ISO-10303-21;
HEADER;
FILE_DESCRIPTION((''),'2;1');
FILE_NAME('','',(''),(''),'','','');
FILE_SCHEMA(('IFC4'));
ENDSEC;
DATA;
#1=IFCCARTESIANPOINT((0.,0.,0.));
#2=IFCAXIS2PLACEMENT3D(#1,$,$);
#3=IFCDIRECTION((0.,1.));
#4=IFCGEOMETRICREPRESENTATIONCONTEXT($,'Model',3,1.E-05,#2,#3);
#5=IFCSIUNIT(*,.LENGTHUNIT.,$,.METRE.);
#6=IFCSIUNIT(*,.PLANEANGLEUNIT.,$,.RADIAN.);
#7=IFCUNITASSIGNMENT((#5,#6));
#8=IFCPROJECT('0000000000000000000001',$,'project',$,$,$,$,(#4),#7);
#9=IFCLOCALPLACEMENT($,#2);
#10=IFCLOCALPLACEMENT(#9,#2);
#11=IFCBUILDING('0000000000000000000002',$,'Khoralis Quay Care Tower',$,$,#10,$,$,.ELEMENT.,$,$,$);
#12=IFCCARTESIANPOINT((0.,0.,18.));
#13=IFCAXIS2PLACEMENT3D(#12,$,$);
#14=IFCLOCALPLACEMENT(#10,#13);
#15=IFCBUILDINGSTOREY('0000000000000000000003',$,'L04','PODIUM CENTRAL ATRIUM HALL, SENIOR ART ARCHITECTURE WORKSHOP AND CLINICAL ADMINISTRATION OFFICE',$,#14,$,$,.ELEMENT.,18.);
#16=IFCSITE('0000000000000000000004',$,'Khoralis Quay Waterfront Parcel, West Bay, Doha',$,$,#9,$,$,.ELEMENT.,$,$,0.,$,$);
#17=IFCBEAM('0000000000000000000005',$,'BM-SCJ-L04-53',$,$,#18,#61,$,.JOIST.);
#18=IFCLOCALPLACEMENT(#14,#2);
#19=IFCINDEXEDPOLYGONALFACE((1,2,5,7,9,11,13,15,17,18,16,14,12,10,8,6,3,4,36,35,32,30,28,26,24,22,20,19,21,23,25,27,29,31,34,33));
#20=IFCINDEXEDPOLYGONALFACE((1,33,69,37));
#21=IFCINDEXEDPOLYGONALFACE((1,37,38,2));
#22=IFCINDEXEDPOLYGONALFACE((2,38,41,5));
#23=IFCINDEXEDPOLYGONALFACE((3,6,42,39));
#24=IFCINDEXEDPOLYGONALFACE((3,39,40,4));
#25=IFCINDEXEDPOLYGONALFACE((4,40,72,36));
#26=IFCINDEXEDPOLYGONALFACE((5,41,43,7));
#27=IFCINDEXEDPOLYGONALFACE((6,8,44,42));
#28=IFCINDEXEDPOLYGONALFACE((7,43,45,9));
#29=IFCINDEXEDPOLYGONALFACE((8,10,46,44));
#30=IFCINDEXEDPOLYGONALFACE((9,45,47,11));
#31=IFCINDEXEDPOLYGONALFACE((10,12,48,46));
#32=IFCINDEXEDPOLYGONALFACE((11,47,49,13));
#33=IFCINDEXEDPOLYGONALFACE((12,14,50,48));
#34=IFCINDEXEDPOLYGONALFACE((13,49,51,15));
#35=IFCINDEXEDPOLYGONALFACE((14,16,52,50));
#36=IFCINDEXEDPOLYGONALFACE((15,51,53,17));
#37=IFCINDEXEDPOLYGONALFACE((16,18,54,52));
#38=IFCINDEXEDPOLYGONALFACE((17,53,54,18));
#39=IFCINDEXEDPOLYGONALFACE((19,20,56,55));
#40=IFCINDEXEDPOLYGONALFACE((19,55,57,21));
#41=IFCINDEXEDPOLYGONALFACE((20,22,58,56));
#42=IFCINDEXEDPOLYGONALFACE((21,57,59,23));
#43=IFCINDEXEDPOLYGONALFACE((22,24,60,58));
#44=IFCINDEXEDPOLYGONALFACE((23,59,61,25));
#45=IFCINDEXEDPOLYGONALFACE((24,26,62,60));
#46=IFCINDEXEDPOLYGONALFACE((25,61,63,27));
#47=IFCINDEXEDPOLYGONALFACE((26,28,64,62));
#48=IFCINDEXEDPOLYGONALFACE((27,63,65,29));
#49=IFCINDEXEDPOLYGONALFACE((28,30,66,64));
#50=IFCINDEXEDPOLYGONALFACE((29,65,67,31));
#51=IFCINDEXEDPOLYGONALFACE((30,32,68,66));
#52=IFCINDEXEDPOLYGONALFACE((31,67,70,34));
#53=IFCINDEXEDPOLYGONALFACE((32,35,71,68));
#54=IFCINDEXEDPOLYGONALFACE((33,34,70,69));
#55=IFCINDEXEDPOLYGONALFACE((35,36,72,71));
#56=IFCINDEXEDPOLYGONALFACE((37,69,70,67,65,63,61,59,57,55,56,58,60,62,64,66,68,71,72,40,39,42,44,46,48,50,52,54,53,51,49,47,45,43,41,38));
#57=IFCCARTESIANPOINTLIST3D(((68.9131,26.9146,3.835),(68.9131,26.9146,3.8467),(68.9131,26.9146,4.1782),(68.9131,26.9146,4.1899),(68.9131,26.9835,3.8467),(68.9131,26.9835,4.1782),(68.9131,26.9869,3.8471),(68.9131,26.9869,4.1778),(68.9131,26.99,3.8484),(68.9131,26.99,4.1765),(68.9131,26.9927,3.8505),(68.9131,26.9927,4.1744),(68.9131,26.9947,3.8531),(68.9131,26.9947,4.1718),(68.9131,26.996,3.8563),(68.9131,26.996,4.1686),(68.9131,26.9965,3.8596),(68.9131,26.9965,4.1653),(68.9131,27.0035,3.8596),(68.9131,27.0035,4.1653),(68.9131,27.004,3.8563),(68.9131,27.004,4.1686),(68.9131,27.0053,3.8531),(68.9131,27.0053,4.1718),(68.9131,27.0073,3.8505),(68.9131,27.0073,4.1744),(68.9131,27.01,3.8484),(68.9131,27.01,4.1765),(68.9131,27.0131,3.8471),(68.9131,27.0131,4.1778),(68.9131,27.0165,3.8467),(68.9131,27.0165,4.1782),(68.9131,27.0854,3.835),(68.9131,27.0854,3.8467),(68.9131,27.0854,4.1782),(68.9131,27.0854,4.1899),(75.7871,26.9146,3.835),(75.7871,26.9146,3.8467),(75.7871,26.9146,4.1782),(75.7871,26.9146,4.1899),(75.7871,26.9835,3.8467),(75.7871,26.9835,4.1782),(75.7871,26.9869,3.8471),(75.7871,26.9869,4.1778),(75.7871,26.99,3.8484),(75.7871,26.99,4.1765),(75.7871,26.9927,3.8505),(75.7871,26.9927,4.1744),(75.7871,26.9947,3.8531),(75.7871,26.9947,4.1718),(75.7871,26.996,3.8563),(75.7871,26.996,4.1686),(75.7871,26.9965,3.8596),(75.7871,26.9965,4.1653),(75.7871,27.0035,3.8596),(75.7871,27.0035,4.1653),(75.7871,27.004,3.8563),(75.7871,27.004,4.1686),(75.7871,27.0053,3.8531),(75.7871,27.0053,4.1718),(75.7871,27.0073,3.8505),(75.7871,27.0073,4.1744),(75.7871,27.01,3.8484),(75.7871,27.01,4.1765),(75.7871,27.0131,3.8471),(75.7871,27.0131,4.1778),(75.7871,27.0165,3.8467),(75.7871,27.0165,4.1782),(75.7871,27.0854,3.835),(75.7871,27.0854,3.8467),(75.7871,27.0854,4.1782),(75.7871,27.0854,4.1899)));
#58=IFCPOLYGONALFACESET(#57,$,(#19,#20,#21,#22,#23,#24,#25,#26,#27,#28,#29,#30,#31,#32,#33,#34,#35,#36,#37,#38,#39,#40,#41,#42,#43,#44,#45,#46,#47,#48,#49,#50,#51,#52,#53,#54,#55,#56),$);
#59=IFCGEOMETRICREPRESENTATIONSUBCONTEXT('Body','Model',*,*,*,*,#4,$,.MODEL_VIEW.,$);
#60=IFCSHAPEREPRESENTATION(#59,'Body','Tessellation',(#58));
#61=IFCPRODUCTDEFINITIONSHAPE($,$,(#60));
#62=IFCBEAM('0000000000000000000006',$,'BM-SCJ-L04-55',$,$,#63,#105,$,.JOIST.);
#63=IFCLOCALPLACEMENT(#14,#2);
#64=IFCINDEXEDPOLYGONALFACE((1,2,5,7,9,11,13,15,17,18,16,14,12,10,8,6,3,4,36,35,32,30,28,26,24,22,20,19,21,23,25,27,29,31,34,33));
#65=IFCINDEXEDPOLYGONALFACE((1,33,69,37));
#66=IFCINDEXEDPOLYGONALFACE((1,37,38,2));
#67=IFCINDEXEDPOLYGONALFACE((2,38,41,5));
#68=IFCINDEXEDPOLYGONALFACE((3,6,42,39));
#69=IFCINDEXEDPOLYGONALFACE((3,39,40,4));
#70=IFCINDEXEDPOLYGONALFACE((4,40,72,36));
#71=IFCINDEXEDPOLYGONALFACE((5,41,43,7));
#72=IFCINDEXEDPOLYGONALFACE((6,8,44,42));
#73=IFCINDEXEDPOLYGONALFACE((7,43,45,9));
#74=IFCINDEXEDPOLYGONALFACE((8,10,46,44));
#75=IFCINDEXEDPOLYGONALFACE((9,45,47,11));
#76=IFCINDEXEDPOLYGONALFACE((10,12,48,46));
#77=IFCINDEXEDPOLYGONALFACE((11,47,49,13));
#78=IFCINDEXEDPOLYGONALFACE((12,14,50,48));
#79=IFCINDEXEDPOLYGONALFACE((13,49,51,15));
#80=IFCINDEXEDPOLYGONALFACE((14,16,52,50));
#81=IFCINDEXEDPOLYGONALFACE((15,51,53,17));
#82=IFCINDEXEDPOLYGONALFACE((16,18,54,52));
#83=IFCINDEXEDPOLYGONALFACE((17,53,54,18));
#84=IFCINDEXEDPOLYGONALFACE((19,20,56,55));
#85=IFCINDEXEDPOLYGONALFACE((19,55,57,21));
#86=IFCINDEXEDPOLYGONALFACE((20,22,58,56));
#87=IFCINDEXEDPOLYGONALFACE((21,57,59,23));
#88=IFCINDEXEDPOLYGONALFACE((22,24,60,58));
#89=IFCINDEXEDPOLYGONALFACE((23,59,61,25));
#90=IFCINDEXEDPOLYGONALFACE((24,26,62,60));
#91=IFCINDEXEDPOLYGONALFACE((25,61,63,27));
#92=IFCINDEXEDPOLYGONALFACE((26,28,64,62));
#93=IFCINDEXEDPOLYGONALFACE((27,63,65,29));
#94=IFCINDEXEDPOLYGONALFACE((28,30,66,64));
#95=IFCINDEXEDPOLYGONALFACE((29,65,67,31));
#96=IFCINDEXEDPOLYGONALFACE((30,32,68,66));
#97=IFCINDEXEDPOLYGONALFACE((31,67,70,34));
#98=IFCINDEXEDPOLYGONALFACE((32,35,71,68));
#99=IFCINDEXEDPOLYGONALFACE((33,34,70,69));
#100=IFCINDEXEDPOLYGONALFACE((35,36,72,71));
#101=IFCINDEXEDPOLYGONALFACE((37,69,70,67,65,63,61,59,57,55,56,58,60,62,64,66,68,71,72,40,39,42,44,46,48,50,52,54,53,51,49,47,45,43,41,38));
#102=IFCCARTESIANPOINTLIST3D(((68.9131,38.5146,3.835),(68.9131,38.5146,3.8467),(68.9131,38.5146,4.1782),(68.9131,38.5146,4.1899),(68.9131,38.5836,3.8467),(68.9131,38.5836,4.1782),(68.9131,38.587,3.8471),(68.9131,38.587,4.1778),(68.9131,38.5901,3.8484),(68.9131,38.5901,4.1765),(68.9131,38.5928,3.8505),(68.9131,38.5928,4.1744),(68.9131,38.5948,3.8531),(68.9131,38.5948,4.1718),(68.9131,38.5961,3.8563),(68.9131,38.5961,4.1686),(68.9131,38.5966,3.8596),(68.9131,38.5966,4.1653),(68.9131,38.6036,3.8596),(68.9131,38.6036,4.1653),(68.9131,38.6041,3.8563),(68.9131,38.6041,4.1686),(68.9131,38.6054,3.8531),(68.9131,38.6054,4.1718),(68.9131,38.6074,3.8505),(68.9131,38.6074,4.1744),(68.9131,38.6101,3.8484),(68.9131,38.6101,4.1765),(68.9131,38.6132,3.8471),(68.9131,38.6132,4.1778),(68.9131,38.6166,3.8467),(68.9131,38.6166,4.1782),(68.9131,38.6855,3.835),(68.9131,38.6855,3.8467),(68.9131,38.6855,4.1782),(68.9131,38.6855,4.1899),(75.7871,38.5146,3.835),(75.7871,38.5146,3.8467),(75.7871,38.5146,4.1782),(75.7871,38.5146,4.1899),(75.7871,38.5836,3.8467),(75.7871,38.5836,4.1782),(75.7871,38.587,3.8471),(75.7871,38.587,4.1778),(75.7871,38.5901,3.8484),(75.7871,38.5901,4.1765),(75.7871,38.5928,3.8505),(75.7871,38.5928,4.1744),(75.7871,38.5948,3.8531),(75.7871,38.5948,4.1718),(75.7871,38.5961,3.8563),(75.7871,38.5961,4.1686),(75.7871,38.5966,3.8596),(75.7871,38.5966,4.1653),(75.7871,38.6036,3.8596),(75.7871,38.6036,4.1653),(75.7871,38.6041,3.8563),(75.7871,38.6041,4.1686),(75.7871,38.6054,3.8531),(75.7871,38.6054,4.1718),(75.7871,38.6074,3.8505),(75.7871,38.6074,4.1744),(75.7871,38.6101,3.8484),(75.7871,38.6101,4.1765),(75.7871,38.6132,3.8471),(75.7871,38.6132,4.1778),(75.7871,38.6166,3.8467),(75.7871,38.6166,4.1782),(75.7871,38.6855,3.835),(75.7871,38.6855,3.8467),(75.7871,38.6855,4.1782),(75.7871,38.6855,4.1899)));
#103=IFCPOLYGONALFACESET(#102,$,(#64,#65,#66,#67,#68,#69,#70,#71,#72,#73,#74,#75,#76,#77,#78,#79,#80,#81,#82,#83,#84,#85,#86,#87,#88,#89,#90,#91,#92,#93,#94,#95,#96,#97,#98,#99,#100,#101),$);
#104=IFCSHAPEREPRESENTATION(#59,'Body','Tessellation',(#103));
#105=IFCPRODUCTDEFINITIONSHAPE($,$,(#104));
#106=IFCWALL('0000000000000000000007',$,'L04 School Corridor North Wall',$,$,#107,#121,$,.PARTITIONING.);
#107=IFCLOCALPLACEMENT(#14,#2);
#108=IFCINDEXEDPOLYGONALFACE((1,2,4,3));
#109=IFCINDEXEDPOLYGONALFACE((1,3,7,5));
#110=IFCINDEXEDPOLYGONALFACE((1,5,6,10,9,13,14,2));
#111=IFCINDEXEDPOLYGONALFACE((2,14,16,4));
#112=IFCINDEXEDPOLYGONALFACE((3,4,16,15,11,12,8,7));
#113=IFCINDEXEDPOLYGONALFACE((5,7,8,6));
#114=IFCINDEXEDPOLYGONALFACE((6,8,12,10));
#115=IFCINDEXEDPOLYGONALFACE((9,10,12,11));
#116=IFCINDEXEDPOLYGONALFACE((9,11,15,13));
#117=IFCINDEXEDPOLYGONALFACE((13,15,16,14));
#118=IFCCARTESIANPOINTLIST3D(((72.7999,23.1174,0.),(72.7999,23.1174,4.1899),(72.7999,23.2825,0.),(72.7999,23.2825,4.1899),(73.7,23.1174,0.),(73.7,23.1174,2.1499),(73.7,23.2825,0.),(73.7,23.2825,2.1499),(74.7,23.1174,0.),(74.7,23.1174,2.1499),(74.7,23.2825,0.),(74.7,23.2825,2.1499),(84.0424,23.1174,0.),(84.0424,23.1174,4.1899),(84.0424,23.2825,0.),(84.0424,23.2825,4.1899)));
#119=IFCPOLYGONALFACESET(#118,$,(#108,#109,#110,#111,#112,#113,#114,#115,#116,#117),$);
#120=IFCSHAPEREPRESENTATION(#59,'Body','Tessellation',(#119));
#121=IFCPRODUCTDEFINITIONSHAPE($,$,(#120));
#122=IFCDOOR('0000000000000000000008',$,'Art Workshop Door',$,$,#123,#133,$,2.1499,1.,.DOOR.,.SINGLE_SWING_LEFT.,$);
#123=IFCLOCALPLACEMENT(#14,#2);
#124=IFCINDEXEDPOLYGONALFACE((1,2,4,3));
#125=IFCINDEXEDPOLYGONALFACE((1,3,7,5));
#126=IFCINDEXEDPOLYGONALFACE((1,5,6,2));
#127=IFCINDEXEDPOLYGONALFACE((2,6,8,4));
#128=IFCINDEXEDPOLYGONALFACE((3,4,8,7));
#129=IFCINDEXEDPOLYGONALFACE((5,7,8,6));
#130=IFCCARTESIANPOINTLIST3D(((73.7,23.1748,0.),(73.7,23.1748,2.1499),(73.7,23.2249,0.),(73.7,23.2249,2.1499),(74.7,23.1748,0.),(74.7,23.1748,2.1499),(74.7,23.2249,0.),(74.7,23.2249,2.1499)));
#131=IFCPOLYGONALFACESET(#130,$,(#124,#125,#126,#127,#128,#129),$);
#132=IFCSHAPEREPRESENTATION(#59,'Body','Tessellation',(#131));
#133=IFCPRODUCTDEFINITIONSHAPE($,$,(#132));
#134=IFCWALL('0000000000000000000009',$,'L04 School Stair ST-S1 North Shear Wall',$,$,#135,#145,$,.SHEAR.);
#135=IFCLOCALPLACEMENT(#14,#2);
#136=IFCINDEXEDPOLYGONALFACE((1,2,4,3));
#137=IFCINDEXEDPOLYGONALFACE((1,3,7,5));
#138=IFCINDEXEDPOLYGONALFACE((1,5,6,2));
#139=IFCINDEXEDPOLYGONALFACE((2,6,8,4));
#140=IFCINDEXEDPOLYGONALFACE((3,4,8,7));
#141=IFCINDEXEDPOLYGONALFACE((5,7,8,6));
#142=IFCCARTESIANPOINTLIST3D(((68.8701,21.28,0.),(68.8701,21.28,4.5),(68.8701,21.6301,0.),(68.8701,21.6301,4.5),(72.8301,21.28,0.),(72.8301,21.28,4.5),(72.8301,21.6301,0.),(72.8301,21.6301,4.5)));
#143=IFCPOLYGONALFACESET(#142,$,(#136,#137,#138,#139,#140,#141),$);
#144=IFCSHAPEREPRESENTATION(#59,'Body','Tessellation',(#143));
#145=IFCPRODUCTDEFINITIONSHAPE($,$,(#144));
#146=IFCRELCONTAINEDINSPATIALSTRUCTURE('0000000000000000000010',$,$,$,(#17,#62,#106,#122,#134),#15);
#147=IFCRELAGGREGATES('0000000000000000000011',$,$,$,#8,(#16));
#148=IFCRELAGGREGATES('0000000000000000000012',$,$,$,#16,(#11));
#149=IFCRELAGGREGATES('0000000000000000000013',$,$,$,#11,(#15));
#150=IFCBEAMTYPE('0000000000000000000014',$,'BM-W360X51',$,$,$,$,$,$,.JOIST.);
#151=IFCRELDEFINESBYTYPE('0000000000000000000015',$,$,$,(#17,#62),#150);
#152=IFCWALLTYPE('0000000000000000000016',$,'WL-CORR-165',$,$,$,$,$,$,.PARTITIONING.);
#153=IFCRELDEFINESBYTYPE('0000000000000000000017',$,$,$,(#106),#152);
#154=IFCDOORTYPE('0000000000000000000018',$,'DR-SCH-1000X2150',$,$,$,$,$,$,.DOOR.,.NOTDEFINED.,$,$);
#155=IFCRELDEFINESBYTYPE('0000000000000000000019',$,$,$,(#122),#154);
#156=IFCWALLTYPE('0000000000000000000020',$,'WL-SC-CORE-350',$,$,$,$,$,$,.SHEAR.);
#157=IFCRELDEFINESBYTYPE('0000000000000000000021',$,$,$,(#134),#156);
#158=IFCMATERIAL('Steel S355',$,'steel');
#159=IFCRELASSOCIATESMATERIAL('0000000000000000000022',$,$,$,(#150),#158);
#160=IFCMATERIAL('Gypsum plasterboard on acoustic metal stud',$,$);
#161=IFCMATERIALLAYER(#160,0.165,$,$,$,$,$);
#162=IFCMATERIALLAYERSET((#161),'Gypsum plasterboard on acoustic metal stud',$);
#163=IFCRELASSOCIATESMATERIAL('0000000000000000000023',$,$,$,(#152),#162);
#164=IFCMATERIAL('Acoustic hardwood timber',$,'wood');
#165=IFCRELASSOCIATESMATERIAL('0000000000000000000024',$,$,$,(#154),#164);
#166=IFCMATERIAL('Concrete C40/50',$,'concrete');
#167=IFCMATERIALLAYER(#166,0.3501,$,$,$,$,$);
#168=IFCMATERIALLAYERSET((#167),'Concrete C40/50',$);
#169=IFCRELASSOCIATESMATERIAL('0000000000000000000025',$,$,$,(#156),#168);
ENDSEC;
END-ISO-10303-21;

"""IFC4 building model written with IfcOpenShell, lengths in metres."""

from ifc_helpers import new_model, si_unit, direction, frame, frame_2d, origin, origin_2d, place, context, subcontext, project, spatial, rectangle, i_section, extrude, source, transform, mapped, material, layer, layer_set, material_profile, profile_set, type_object, element, fill, save


model = new_model("IFC4")

# Units and contexts
model_context = context("Model", 3, precision=1e-05, world=origin(), true_north=direction((0.0, 1.0)))
body_context = subcontext(model_context, "Body", "Model", "MODEL_VIEW")
ifc_project = project(units=[si_unit("LENGTHUNIT", "METRE"), si_unit("PLANEANGLEUNIT", "RADIAN")], contexts=[model_context])

# Site, building, storey
site_placement = place(None, origin())
site = spatial("IfcSite", under=ifc_project, at=site_placement, Name="Khoralis Quay Waterfront Parcel, West Bay, Doha", CompositionType="ELEMENT", RefElevation=0.0)
building_placement = place(site_placement, origin())
building = spatial("IfcBuilding", under=site, at=building_placement, Name="Khoralis Quay Care Tower", CompositionType="ELEMENT")
storey_placement = place(building_placement, frame((0.0, 0.0, 18.0)))
storey = spatial("IfcBuildingStorey", under=building, at=storey_placement, Name="L04", Description="PODIUM CENTRAL ATRIUM HALL, SENIOR ART ARCHITECTURE WORKSHOP AND CLINICAL ADMINISTRATION OFFICE", CompositionType="ELEMENT", Elevation=18.0)

# Shared definitions
ifc_material_1 = material(Name="Concrete C40/50", Category="concrete")

# Beams
ifc_material_2 = material(Name="Steel S355", Category="steel")
ifc_material_profile_1 = material_profile(ifc_material_2, i_section(OverallWidth=0.1709, OverallDepth=0.355, WebThickness=0.0071, FlangeThickness=0.0117, FilletRadius=0.0129, at=origin_2d()), Name="Steel S355")
ifc_profile_set_1 = profile_set([ifc_material_profile_1], Name="Steel S355")
beam_type_1 = type_object("IfcBeamType", Name="BM-W360X51", PredefinedType="JOIST", material=ifc_profile_set_1)
shared_shape_1 = source(origin(), body_context, "Body", "SweptSolid", [
    extrude(i_section(OverallWidth=0.1709, OverallDepth=0.355, WebThickness=0.0071, FlangeThickness=0.0117, FilletRadius=0.0129, at=origin_2d()), origin(), (0.0, 0.0, 1.0), 6.874),
])
for number, where, z_axis, x_axis, name in (
    (1, (68.9131, 27.0, 4.0125), (1.0, 0.0, 0.0), (0.0, 1.0, 0.0), "BM-SCJ-L04-53"),
    (2, (68.9131, 38.6001, 4.0125), (1.0, 0.0, 0.0), (0.0, 1.0, 0.0), "BM-SCJ-L04-55"),
):
    element("IfcBeam", number, at=place(storey_placement, frame(where, z_axis=z_axis, x_axis=x_axis)), inside=storey, type_object=beam_type_1, Name=name, PredefinedType="JOIST", context=body_context, shape_type="MappedRepresentation", body=[
        mapped(shared_shape_1, transform((0.0, 0.0, 0.0), scale=1.0)),
    ])

# Wall, opening, door
ifc_material_3 = material(Name="Gypsum plasterboard on acoustic metal stud")
ifc_layer_1 = layer(ifc_material_3, 0.165)
ifc_layer_set_1 = layer_set([ifc_layer_1], Name="Gypsum plasterboard on acoustic metal stud")
wall_type_1 = type_object("IfcWallType", Name="WL-CORR-165", PredefinedType="PARTITIONING", material=ifc_layer_set_1)
wall_1_placement = place(storey_placement, frame((72.8, 23.2, 0.0), z_axis=(0.0, 0.0, 1.0), x_axis=(1.0, 0.0, 0.0)))
wall_1 = element("IfcWall", 3, at=wall_1_placement, inside=storey, type_object=wall_type_1, Name="L04 School Corridor North Wall", PredefinedType="PARTITIONING", context=body_context, shape_type="SweptSolid", body=[
    extrude(rectangle(XDim=11.2424, YDim=0.165, at=frame_2d((5.6211, 0.0))), origin(), (0.0, 0.0, 1.0), 4.1899),
])
opening_placement = place(wall_1_placement, frame((0.8999, 0.0, 0.0)))
opening = element("IfcOpeningElement", 4, at=opening_placement, cuts=wall_1, PredefinedType="OPENING", context=body_context, shape_type="SweptSolid", body=[
    extrude(rectangle(XDim=1.0, YDim=2.1499, at=frame_2d((0.5, 1.075))), frame((0.0, 0.0925, 0.0), z_axis=(0.0, -1.0, 0.0), x_axis=(1.0, 0.0, 0.0)), (0.0, 0.0, 1.0), 0.1851),
])
ifc_material_4 = material(Name="Acoustic hardwood timber", Category="wood")
door_type = type_object("IfcDoorType", Name="DR-SCH-1000X2150", OperationType="NOTDEFINED", PredefinedType="DOOR", material=ifc_material_4)
shared_shape_2 = source(origin(), body_context, "Body", "SweptSolid", [
    extrude(rectangle(XDim=1.0, YDim=2.1499, at=frame_2d((0.5, 1.075))), frame((0.0, 0.0249, 0.0), z_axis=(0.0, -1.0, 0.0), x_axis=(1.0, 0.0, 0.0)), (0.0, 0.0, 1.0), 0.05),
])
door_placement = place(opening_placement, origin())
door = element("IfcDoor", 5, at=door_placement, inside=storey, type_object=door_type, Name="Art Workshop Door", OperationType="SINGLE_SWING_LEFT", OverallHeight=2.1499, OverallWidth=1.0, PredefinedType="DOOR", context=body_context, shape_type="MappedRepresentation", body=[
    mapped(shared_shape_2, transform((0.0, 0.0, 0.0), scale=1.0)),
])
fill(opening, door)

# Wall
ifc_layer_2 = layer(ifc_material_1, 0.3501)
ifc_layer_set_2 = layer_set([ifc_layer_2], Name="Concrete C40/50")
wall_type_2 = type_object("IfcWallType", Name="WL-SC-CORE-350", PredefinedType="SHEAR", material=ifc_layer_set_2)
wall_2_placement = place(storey_placement, frame((68.8701, 21.4551, 0.0), z_axis=(0.0, 0.0, 1.0), x_axis=(1.0, 0.0, 0.0)))
element("IfcWall", 6, at=wall_2_placement, inside=storey, type_object=wall_type_2, Name="L04 School Stair ST-S1 North Shear Wall", PredefinedType="SHEAR", context=body_context, shape_type="SweptSolid", body=[
    extrude(rectangle(XDim=3.96, YDim=0.3501, at=frame_2d((1.98, 0.0))), origin(), (0.0, 0.0, 1.0), 4.5),
])

save(model, "model.ifc")
